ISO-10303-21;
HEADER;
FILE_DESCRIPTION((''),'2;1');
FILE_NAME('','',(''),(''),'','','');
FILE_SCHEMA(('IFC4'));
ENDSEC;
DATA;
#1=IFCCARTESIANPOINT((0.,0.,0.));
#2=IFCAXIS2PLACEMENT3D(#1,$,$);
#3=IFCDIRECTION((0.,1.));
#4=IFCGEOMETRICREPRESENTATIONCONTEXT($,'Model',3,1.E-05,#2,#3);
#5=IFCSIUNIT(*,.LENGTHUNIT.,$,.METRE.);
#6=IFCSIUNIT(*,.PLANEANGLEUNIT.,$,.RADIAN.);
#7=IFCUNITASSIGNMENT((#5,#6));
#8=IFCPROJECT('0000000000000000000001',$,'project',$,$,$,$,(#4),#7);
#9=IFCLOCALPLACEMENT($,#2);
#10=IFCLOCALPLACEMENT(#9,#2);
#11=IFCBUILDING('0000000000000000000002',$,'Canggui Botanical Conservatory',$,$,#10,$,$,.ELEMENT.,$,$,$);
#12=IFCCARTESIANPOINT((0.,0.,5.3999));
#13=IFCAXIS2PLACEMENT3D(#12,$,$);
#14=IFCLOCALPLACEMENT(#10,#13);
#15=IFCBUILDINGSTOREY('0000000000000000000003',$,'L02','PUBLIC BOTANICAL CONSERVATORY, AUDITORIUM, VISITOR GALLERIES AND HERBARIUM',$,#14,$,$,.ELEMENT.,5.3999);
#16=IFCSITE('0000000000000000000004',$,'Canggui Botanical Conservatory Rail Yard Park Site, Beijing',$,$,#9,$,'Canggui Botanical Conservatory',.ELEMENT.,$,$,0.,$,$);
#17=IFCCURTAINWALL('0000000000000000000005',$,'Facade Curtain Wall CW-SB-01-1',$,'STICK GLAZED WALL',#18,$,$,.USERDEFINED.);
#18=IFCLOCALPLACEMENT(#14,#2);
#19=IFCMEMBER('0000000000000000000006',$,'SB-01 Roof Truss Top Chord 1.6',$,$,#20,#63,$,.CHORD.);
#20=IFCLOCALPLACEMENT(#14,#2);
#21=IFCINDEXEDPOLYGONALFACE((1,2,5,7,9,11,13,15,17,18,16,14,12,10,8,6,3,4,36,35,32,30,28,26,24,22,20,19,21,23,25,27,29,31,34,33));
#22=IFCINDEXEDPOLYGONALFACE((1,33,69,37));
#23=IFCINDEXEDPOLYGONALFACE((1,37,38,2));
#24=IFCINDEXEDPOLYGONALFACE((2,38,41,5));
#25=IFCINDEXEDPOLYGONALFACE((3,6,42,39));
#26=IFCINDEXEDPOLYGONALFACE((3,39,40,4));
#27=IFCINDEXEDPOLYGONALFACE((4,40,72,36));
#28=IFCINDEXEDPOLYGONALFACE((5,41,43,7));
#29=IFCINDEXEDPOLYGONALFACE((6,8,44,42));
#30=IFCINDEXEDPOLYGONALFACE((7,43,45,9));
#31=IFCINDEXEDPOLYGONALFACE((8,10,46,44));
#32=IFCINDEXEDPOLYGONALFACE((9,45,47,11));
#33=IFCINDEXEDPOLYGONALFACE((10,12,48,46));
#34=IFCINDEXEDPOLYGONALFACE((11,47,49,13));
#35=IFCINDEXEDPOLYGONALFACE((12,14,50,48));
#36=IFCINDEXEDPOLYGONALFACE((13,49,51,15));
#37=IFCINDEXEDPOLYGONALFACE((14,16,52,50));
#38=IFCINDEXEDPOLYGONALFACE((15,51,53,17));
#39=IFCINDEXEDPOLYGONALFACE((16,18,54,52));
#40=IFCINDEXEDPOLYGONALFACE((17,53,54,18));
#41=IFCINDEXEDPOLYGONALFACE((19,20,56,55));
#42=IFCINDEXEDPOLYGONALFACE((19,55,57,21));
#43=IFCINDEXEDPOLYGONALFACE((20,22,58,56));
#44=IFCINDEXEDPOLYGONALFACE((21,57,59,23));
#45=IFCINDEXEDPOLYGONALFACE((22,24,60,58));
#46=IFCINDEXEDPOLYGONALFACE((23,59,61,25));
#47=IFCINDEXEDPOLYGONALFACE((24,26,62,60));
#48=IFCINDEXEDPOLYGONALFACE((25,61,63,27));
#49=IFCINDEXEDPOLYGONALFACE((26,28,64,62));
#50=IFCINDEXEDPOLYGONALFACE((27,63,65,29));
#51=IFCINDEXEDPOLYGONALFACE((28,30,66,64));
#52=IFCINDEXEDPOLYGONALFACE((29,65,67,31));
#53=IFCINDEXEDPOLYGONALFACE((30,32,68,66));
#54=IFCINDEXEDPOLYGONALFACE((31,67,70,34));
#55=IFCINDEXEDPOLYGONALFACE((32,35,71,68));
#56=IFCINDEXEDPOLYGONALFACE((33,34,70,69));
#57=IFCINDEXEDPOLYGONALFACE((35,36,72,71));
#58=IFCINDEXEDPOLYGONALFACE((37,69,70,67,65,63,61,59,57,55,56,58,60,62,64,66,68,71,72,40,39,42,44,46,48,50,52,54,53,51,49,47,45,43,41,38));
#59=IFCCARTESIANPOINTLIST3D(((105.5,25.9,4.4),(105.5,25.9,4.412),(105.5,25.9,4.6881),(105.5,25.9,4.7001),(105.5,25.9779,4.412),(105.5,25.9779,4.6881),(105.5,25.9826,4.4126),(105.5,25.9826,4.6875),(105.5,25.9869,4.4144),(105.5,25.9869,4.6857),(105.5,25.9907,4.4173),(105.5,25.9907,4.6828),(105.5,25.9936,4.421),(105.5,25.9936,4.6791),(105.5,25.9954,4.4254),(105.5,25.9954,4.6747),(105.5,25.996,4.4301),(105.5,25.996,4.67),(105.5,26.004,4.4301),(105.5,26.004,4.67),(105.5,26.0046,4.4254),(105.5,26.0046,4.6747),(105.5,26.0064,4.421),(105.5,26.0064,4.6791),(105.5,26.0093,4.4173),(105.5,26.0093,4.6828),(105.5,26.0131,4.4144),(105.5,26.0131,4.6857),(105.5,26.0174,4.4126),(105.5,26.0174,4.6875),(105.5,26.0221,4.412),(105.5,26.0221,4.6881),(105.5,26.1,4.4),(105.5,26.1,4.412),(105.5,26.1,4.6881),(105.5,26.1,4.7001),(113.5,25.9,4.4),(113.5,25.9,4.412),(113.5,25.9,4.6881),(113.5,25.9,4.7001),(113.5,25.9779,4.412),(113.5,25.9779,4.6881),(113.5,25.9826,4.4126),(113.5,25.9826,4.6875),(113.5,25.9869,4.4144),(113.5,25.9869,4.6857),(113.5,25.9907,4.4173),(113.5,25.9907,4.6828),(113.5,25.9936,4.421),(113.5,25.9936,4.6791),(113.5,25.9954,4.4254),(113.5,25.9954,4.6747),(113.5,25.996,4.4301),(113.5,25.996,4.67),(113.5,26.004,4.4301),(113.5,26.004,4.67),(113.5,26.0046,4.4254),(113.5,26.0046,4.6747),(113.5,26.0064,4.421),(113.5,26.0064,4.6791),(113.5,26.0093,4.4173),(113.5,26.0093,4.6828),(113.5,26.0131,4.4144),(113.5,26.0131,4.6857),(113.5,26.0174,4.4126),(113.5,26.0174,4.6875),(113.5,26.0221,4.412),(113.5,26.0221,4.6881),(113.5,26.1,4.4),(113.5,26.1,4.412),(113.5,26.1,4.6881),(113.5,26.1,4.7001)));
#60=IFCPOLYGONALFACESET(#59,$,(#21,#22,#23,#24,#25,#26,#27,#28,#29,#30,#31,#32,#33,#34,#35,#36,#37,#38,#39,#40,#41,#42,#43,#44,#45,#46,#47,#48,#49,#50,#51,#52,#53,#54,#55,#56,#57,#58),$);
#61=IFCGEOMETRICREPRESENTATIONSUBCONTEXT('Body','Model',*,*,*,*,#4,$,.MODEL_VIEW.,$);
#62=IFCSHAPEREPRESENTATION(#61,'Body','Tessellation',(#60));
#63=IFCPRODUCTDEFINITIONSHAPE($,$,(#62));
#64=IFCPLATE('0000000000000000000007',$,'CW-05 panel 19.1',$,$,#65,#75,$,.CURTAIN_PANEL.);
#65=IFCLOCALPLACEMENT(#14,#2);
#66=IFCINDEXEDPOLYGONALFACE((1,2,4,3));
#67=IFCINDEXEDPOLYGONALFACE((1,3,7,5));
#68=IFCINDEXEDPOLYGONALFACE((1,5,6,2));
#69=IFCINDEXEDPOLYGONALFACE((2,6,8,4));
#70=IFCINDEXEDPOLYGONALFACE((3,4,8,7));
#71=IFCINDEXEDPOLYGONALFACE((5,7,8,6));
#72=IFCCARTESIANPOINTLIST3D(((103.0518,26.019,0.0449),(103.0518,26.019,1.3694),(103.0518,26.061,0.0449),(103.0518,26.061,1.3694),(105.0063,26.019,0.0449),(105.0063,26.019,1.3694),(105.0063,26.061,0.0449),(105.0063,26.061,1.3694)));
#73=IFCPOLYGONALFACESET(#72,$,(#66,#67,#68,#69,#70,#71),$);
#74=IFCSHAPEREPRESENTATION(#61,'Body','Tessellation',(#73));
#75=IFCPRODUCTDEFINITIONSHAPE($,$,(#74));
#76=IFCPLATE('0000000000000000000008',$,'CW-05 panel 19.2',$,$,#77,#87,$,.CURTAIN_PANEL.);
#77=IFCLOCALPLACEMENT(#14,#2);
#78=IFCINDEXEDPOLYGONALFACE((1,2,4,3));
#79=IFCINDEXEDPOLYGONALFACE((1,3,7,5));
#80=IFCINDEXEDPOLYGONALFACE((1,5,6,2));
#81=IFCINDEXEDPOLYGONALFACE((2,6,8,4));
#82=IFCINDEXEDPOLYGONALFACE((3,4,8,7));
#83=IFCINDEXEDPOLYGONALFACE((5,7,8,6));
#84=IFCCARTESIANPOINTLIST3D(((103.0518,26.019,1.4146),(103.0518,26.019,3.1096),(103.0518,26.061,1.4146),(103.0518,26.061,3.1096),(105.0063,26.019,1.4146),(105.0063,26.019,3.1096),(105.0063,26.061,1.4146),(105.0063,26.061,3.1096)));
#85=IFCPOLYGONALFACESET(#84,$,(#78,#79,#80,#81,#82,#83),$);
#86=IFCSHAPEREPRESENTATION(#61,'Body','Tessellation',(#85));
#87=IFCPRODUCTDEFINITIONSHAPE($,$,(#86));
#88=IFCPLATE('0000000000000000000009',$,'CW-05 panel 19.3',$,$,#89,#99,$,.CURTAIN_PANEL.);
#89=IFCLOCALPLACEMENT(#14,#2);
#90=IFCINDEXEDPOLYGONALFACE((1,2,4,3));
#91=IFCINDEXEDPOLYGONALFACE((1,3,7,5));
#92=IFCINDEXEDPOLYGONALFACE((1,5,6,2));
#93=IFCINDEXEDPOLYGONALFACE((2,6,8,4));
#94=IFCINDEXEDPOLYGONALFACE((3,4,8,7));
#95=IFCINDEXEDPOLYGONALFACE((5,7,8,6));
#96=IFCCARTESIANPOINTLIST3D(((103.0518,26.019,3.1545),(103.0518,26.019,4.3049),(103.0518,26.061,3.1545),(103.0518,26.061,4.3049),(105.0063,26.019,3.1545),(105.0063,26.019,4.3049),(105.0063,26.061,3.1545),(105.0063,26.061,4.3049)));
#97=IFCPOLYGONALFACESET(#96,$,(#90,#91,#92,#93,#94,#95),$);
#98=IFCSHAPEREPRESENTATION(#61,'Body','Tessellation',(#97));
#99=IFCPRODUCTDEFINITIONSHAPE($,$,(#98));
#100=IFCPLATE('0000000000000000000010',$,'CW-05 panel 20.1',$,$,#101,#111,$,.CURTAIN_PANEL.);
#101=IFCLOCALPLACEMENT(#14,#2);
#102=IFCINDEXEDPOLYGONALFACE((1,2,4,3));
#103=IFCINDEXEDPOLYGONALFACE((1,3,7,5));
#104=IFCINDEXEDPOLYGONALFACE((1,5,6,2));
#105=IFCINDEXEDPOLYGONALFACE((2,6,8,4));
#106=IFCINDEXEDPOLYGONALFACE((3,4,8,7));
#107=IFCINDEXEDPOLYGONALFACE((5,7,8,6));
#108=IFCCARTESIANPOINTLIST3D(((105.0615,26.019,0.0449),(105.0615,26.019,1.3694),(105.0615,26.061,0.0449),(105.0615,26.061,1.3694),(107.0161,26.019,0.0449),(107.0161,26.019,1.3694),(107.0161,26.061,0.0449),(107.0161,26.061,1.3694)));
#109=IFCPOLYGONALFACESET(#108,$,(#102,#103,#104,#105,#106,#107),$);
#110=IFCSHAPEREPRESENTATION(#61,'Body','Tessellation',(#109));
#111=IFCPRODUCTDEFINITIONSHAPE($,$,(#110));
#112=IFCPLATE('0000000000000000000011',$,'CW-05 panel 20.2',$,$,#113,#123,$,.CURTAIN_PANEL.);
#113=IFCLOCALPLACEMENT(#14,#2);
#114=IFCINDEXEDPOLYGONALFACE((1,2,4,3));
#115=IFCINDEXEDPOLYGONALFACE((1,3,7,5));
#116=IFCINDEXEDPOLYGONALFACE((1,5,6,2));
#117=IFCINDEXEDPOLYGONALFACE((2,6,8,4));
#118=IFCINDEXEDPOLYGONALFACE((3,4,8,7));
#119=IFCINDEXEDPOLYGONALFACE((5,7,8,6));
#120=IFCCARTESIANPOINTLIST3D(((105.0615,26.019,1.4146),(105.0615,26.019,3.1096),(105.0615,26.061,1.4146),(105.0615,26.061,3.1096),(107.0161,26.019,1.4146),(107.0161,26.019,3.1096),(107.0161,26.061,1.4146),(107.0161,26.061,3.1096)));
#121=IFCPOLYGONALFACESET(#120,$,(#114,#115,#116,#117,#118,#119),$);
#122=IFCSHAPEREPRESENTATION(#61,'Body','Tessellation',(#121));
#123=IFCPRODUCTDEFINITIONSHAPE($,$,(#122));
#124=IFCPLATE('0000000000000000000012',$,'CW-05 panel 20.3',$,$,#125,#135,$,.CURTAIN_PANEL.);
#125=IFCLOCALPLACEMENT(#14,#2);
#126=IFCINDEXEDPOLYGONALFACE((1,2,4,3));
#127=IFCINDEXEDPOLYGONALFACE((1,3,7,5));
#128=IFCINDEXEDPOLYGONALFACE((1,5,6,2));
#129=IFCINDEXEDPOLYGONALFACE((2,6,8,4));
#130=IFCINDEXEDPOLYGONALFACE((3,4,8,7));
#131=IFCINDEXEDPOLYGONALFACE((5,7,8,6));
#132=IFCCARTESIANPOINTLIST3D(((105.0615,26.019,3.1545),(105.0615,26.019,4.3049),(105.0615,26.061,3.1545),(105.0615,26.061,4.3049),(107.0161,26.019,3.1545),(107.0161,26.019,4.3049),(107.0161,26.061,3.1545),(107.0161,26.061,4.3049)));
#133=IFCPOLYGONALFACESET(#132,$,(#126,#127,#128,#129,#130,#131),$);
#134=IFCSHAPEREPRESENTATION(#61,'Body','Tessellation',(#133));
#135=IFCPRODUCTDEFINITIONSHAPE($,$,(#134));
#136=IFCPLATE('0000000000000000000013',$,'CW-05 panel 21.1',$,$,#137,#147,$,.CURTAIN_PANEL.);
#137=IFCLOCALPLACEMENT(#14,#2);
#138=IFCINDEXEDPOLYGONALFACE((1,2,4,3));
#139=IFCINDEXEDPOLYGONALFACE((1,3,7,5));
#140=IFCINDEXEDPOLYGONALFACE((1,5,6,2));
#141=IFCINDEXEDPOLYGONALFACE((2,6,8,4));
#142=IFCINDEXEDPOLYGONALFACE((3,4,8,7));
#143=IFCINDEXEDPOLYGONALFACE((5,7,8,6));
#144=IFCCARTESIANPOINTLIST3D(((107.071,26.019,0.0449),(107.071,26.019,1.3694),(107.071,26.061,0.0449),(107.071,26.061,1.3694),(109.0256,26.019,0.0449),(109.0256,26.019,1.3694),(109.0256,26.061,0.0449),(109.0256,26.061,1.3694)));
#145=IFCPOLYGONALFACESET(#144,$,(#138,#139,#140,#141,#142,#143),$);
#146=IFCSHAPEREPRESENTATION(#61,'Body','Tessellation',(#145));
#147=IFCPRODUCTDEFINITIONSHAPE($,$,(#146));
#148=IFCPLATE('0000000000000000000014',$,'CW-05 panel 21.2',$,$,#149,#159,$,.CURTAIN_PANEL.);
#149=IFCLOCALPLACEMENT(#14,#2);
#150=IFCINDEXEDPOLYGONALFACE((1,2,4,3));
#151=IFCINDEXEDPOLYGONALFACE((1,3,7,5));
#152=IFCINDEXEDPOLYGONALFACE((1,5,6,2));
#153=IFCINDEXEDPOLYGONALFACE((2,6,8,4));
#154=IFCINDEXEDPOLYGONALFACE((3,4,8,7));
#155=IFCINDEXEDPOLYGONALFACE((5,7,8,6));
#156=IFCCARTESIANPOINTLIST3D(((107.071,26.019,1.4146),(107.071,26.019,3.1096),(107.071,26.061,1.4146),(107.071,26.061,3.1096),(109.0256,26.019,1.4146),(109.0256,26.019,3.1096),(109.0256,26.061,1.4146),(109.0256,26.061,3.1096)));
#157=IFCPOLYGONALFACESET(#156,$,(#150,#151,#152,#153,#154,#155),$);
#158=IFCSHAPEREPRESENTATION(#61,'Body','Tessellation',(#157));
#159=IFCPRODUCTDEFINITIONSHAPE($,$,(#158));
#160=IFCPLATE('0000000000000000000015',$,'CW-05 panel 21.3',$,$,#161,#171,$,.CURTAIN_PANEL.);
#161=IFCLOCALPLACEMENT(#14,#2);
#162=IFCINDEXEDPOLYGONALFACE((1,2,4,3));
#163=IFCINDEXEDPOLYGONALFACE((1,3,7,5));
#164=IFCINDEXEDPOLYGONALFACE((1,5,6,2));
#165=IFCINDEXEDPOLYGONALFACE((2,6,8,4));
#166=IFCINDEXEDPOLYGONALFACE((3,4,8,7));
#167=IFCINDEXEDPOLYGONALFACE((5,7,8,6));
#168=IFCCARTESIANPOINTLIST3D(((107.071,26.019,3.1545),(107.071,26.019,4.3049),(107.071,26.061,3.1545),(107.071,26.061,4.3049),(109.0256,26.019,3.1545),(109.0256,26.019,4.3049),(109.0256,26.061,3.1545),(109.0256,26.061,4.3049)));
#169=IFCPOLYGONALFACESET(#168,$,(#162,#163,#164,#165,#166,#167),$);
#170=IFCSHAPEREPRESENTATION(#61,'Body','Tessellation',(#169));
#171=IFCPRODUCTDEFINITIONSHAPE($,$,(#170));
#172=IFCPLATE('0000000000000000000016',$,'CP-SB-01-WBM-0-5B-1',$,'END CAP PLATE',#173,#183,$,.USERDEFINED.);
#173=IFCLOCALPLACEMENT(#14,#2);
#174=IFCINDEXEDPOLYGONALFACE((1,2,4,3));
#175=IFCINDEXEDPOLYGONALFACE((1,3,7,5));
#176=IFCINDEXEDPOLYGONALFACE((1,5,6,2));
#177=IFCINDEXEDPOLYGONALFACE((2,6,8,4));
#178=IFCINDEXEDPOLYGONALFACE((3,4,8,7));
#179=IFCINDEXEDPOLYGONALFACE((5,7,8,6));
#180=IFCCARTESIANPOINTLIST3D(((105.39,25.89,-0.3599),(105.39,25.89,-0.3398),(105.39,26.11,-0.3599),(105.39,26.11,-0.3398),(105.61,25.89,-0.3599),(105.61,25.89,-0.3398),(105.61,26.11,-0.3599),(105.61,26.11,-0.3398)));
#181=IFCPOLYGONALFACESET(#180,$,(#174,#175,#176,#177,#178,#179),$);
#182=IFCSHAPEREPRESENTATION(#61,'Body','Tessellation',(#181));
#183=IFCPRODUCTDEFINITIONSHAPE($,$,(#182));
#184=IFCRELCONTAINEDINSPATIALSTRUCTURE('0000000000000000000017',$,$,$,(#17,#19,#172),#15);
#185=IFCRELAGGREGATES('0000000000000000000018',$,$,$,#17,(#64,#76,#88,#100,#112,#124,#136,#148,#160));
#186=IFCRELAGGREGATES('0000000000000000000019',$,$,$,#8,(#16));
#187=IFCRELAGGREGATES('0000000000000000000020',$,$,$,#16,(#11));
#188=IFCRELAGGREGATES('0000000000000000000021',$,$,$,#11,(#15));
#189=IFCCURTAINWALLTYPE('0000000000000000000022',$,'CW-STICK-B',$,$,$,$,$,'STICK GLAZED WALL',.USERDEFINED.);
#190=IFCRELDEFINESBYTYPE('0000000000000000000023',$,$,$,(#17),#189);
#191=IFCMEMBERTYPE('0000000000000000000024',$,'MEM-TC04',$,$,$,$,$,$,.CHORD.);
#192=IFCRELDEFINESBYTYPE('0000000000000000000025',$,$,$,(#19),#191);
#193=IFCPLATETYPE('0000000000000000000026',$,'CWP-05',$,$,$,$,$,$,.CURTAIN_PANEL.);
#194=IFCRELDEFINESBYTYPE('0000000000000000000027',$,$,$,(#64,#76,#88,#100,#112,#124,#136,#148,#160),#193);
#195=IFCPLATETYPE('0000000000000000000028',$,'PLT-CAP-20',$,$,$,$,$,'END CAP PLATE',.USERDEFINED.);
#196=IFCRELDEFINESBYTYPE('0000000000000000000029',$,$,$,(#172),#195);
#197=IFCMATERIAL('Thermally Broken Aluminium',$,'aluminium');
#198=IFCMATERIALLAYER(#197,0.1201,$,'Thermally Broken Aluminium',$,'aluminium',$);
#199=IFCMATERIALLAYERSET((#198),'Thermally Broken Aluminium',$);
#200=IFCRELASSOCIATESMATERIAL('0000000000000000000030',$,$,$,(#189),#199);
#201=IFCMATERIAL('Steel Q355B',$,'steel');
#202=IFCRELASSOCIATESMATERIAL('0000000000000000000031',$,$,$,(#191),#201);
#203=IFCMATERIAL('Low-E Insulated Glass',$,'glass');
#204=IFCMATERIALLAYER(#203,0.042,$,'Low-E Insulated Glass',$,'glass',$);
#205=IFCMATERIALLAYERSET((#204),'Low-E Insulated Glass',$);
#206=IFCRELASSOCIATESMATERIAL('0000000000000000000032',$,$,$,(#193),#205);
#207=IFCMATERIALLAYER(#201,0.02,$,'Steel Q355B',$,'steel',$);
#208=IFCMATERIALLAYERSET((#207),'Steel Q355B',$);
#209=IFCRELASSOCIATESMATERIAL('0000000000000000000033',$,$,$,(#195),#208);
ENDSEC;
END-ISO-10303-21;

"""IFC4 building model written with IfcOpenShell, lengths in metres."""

from ifc_helpers import new_model, si_unit, direction, frame, origin, origin_2d, place, context, subcontext, project, spatial, rectangle, i_section, extrude, material, layer, layer_set, material_profile, profile_set, type_object, element, aggregate, save


model = new_model("IFC4")

# Units and contexts
model_context = context("Model", 3, precision=1e-05, world=origin(), true_north=direction((0.0, 1.0)))
body_context = subcontext(model_context, "Body", "Model", "MODEL_VIEW")
ifc_project = project(units=[si_unit("LENGTHUNIT", "METRE"), si_unit("PLANEANGLEUNIT", "RADIAN")], contexts=[model_context])

# Site, building, storey
site_placement = place(None, origin())
site = spatial("IfcSite", under=ifc_project, at=site_placement, Name="Canggui Botanical Conservatory Rail Yard Park Site, Beijing", LongName="Canggui Botanical Conservatory", CompositionType="ELEMENT", RefElevation=0.0)
building_placement = place(site_placement, origin())
building = spatial("IfcBuilding", under=site, at=building_placement, Name="Canggui Botanical Conservatory", CompositionType="ELEMENT")
storey_placement = place(building_placement, frame((0.0, 0.0, 5.3999)))
storey = spatial("IfcBuildingStorey", under=building, at=storey_placement, Name="L02", Description="PUBLIC BOTANICAL CONSERVATORY, AUDITORIUM, VISITOR GALLERIES AND HERBARIUM", CompositionType="ELEMENT", Elevation=5.3999)

# Shared definitions
ifc_material_1 = material(Name="Steel Q355B", Category="steel")

# Curtain wall
ifc_material_2 = material(Name="Thermally Broken Aluminium", Category="aluminium")
ifc_layer_1 = layer(ifc_material_2, 0.1201, Name="Thermally Broken Aluminium", Category="aluminium")
ifc_layer_set_1 = layer_set([ifc_layer_1], Name="Thermally Broken Aluminium")
curtain_wall_type = type_object("IfcCurtainWallType", Name="CW-STICK-B", ElementType="STICK GLAZED WALL", PredefinedType="USERDEFINED", material=ifc_layer_set_1)
curtain_wall_placement = place(storey_placement, origin())
curtain_wall = element("IfcCurtainWall", 1, at=curtain_wall_placement, inside=storey, type_object=curtain_wall_type, Name="Facade Curtain Wall CW-SB-01-1", ObjectType="STICK GLAZED WALL", PredefinedType="USERDEFINED")

# Member
ifc_material_profile_1 = material_profile(ifc_material_1, i_section(OverallWidth=0.2, OverallDepth=0.3, WebThickness=0.0081, FlangeThickness=0.012, FilletRadius=0.0181, at=origin_2d()), Name="HM 300x200x8x12")
ifc_profile_set_1 = profile_set([ifc_material_profile_1], Name="Steel Q355B")
member_type_1 = type_object("IfcMemberType", Name="MEM-TC04", PredefinedType="CHORD", material=ifc_profile_set_1)
member_1_placement = place(storey_placement, frame((105.5, 26.0, 4.55), z_axis=(1.0, 0.0, 0.0), x_axis=(0.0, 1.0, 0.0)))
element("IfcMember", 2, at=member_1_placement, inside=storey, type_object=member_type_1, Name="SB-01 Roof Truss Top Chord 1.6", PredefinedType="CHORD", context=body_context, shape_type="SweptSolid", body=[
    extrude(i_section(OverallWidth=0.2, OverallDepth=0.3, WebThickness=0.0081, FlangeThickness=0.012, FilletRadius=0.0181, at=origin_2d()), origin(), (0.0, 0.0, 1.0), 8.0),
])

# Plates
ifc_material_3 = material(Name="Low-E Insulated Glass", Category="glass")
ifc_layer_2 = layer(ifc_material_3, 0.042, Name="Low-E Insulated Glass", Category="glass")
ifc_layer_set_2 = layer_set([ifc_layer_2], Name="Low-E Insulated Glass")
plate_type_1 = type_object("IfcPlateType", Name="CWP-05", PredefinedType="CURTAIN_PANEL", material=ifc_layer_set_2)
plate_1_placement = place(storey_placement, frame((104.0291, 26.04, 0.0449), z_axis=(0.0, 0.0, 1.0), x_axis=(1.0, 0.0, 0.0)))
plate_1 = element("IfcPlate", 3, at=plate_1_placement, type_object=plate_type_1, Name="CW-05 panel 19.1", PredefinedType="CURTAIN_PANEL", context=body_context, shape_type="SweptSolid", body=[
    extrude(rectangle(XDim=1.9546, YDim=0.042, at=origin_2d()), origin(), (0.0, 0.0, 1.0), 1.3245),
])
plate_2_placement = place(storey_placement, frame((104.0291, 26.04, 1.4146), z_axis=(0.0, 0.0, 1.0), x_axis=(1.0, 0.0, 0.0)))
plate_2 = element("IfcPlate", 4, at=plate_2_placement, type_object=plate_type_1, Name="CW-05 panel 19.2", PredefinedType="CURTAIN_PANEL", context=body_context, shape_type="SweptSolid", body=[
    extrude(rectangle(XDim=1.9546, YDim=0.042, at=origin_2d()), origin(), (0.0, 0.0, 1.0), 1.6951),
])
plate_3_placement = place(storey_placement, frame((104.0291, 26.04, 3.1545), z_axis=(0.0, 0.0, 1.0), x_axis=(1.0, 0.0, 0.0)))
plate_3 = element("IfcPlate", 5, at=plate_3_placement, type_object=plate_type_1, Name="CW-05 panel 19.3", PredefinedType="CURTAIN_PANEL", context=body_context, shape_type="SweptSolid", body=[
    extrude(rectangle(XDim=1.9546, YDim=0.042, at=origin_2d()), origin(), (0.0, 0.0, 1.0), 1.1504),
])
plate_4_placement = place(storey_placement, frame((106.0388, 26.04, 0.0449), z_axis=(0.0, 0.0, 1.0), x_axis=(1.0, 0.0, 0.0)))
plate_4 = element("IfcPlate", 6, at=plate_4_placement, type_object=plate_type_1, Name="CW-05 panel 20.1", PredefinedType="CURTAIN_PANEL", context=body_context, shape_type="SweptSolid", body=[
    extrude(rectangle(XDim=1.9546, YDim=0.042, at=origin_2d()), origin(), (0.0, 0.0, 1.0), 1.3245),
])
plate_5_placement = place(storey_placement, frame((106.0388, 26.04, 1.4146), z_axis=(0.0, 0.0, 1.0), x_axis=(1.0, 0.0, 0.0)))
plate_5 = element("IfcPlate", 7, at=plate_5_placement, type_object=plate_type_1, Name="CW-05 panel 20.2", PredefinedType="CURTAIN_PANEL", context=body_context, shape_type="SweptSolid", body=[
    extrude(rectangle(XDim=1.9546, YDim=0.042, at=origin_2d()), origin(), (0.0, 0.0, 1.0), 1.6951),
])
plate_6_placement = place(storey_placement, frame((106.0388, 26.04, 3.1545), z_axis=(0.0, 0.0, 1.0), x_axis=(1.0, 0.0, 0.0)))
plate_6 = element("IfcPlate", 8, at=plate_6_placement, type_object=plate_type_1, Name="CW-05 panel 20.3", PredefinedType="CURTAIN_PANEL", context=body_context, shape_type="SweptSolid", body=[
    extrude(rectangle(XDim=1.9546, YDim=0.042, at=origin_2d()), origin(), (0.0, 0.0, 1.0), 1.1504),
])
plate_7_placement = place(storey_placement, frame((108.0483, 26.04, 0.0449), z_axis=(0.0, 0.0, 1.0), x_axis=(1.0, 0.0, 0.0)))
plate_7 = element("IfcPlate", 9, at=plate_7_placement, type_object=plate_type_1, Name="CW-05 panel 21.1", PredefinedType="CURTAIN_PANEL", context=body_context, shape_type="SweptSolid", body=[
    extrude(rectangle(XDim=1.9546, YDim=0.042, at=origin_2d()), origin(), (0.0, 0.0, 1.0), 1.3245),
])
plate_8_placement = place(storey_placement, frame((108.0483, 26.04, 1.4146), z_axis=(0.0, 0.0, 1.0), x_axis=(1.0, 0.0, 0.0)))
plate_8 = element("IfcPlate", 10, at=plate_8_placement, type_object=plate_type_1, Name="CW-05 panel 21.2", PredefinedType="CURTAIN_PANEL", context=body_context, shape_type="SweptSolid", body=[
    extrude(rectangle(XDim=1.9546, YDim=0.042, at=origin_2d()), origin(), (0.0, 0.0, 1.0), 1.6951),
])
plate_9_placement = place(storey_placement, frame((108.0483, 26.04, 3.1545), z_axis=(0.0, 0.0, 1.0), x_axis=(1.0, 0.0, 0.0)))
plate_9 = element("IfcPlate", 11, at=plate_9_placement, type_object=plate_type_1, Name="CW-05 panel 21.3", PredefinedType="CURTAIN_PANEL", context=body_context, shape_type="SweptSolid", body=[
    extrude(rectangle(XDim=1.9546, YDim=0.042, at=origin_2d()), origin(), (0.0, 0.0, 1.0), 1.1504),
])
aggregate(curtain_wall, [plate_1, plate_2, plate_3, plate_4, plate_5, plate_6, plate_7, plate_8, plate_9])
ifc_layer_3 = layer(ifc_material_1, 0.02, Name="Steel Q355B", Category="steel")
ifc_layer_set_3 = layer_set([ifc_layer_3], Name="Steel Q355B")
plate_type_2 = type_object("IfcPlateType", Name="PLT-CAP-20", ElementType="END CAP PLATE", PredefinedType="USERDEFINED", material=ifc_layer_set_3)
plate_10_placement = place(storey_placement, frame((105.5, 26.0, -0.3599), z_axis=(0.0, 0.0, 1.0), x_axis=(1.0, 0.0, 0.0)))
element("IfcPlate", 12, at=plate_10_placement, inside=storey, type_object=plate_type_2, Name="CP-SB-01-WBM-0-5B-1", ObjectType="END CAP PLATE", PredefinedType="USERDEFINED", context=body_context, shape_type="SweptSolid", body=[
    extrude(rectangle(XDim=0.22, YDim=0.22, at=origin_2d()), origin(), (0.0, 0.0, 1.0), 0.02),
])

save(model, "model.ifc")
